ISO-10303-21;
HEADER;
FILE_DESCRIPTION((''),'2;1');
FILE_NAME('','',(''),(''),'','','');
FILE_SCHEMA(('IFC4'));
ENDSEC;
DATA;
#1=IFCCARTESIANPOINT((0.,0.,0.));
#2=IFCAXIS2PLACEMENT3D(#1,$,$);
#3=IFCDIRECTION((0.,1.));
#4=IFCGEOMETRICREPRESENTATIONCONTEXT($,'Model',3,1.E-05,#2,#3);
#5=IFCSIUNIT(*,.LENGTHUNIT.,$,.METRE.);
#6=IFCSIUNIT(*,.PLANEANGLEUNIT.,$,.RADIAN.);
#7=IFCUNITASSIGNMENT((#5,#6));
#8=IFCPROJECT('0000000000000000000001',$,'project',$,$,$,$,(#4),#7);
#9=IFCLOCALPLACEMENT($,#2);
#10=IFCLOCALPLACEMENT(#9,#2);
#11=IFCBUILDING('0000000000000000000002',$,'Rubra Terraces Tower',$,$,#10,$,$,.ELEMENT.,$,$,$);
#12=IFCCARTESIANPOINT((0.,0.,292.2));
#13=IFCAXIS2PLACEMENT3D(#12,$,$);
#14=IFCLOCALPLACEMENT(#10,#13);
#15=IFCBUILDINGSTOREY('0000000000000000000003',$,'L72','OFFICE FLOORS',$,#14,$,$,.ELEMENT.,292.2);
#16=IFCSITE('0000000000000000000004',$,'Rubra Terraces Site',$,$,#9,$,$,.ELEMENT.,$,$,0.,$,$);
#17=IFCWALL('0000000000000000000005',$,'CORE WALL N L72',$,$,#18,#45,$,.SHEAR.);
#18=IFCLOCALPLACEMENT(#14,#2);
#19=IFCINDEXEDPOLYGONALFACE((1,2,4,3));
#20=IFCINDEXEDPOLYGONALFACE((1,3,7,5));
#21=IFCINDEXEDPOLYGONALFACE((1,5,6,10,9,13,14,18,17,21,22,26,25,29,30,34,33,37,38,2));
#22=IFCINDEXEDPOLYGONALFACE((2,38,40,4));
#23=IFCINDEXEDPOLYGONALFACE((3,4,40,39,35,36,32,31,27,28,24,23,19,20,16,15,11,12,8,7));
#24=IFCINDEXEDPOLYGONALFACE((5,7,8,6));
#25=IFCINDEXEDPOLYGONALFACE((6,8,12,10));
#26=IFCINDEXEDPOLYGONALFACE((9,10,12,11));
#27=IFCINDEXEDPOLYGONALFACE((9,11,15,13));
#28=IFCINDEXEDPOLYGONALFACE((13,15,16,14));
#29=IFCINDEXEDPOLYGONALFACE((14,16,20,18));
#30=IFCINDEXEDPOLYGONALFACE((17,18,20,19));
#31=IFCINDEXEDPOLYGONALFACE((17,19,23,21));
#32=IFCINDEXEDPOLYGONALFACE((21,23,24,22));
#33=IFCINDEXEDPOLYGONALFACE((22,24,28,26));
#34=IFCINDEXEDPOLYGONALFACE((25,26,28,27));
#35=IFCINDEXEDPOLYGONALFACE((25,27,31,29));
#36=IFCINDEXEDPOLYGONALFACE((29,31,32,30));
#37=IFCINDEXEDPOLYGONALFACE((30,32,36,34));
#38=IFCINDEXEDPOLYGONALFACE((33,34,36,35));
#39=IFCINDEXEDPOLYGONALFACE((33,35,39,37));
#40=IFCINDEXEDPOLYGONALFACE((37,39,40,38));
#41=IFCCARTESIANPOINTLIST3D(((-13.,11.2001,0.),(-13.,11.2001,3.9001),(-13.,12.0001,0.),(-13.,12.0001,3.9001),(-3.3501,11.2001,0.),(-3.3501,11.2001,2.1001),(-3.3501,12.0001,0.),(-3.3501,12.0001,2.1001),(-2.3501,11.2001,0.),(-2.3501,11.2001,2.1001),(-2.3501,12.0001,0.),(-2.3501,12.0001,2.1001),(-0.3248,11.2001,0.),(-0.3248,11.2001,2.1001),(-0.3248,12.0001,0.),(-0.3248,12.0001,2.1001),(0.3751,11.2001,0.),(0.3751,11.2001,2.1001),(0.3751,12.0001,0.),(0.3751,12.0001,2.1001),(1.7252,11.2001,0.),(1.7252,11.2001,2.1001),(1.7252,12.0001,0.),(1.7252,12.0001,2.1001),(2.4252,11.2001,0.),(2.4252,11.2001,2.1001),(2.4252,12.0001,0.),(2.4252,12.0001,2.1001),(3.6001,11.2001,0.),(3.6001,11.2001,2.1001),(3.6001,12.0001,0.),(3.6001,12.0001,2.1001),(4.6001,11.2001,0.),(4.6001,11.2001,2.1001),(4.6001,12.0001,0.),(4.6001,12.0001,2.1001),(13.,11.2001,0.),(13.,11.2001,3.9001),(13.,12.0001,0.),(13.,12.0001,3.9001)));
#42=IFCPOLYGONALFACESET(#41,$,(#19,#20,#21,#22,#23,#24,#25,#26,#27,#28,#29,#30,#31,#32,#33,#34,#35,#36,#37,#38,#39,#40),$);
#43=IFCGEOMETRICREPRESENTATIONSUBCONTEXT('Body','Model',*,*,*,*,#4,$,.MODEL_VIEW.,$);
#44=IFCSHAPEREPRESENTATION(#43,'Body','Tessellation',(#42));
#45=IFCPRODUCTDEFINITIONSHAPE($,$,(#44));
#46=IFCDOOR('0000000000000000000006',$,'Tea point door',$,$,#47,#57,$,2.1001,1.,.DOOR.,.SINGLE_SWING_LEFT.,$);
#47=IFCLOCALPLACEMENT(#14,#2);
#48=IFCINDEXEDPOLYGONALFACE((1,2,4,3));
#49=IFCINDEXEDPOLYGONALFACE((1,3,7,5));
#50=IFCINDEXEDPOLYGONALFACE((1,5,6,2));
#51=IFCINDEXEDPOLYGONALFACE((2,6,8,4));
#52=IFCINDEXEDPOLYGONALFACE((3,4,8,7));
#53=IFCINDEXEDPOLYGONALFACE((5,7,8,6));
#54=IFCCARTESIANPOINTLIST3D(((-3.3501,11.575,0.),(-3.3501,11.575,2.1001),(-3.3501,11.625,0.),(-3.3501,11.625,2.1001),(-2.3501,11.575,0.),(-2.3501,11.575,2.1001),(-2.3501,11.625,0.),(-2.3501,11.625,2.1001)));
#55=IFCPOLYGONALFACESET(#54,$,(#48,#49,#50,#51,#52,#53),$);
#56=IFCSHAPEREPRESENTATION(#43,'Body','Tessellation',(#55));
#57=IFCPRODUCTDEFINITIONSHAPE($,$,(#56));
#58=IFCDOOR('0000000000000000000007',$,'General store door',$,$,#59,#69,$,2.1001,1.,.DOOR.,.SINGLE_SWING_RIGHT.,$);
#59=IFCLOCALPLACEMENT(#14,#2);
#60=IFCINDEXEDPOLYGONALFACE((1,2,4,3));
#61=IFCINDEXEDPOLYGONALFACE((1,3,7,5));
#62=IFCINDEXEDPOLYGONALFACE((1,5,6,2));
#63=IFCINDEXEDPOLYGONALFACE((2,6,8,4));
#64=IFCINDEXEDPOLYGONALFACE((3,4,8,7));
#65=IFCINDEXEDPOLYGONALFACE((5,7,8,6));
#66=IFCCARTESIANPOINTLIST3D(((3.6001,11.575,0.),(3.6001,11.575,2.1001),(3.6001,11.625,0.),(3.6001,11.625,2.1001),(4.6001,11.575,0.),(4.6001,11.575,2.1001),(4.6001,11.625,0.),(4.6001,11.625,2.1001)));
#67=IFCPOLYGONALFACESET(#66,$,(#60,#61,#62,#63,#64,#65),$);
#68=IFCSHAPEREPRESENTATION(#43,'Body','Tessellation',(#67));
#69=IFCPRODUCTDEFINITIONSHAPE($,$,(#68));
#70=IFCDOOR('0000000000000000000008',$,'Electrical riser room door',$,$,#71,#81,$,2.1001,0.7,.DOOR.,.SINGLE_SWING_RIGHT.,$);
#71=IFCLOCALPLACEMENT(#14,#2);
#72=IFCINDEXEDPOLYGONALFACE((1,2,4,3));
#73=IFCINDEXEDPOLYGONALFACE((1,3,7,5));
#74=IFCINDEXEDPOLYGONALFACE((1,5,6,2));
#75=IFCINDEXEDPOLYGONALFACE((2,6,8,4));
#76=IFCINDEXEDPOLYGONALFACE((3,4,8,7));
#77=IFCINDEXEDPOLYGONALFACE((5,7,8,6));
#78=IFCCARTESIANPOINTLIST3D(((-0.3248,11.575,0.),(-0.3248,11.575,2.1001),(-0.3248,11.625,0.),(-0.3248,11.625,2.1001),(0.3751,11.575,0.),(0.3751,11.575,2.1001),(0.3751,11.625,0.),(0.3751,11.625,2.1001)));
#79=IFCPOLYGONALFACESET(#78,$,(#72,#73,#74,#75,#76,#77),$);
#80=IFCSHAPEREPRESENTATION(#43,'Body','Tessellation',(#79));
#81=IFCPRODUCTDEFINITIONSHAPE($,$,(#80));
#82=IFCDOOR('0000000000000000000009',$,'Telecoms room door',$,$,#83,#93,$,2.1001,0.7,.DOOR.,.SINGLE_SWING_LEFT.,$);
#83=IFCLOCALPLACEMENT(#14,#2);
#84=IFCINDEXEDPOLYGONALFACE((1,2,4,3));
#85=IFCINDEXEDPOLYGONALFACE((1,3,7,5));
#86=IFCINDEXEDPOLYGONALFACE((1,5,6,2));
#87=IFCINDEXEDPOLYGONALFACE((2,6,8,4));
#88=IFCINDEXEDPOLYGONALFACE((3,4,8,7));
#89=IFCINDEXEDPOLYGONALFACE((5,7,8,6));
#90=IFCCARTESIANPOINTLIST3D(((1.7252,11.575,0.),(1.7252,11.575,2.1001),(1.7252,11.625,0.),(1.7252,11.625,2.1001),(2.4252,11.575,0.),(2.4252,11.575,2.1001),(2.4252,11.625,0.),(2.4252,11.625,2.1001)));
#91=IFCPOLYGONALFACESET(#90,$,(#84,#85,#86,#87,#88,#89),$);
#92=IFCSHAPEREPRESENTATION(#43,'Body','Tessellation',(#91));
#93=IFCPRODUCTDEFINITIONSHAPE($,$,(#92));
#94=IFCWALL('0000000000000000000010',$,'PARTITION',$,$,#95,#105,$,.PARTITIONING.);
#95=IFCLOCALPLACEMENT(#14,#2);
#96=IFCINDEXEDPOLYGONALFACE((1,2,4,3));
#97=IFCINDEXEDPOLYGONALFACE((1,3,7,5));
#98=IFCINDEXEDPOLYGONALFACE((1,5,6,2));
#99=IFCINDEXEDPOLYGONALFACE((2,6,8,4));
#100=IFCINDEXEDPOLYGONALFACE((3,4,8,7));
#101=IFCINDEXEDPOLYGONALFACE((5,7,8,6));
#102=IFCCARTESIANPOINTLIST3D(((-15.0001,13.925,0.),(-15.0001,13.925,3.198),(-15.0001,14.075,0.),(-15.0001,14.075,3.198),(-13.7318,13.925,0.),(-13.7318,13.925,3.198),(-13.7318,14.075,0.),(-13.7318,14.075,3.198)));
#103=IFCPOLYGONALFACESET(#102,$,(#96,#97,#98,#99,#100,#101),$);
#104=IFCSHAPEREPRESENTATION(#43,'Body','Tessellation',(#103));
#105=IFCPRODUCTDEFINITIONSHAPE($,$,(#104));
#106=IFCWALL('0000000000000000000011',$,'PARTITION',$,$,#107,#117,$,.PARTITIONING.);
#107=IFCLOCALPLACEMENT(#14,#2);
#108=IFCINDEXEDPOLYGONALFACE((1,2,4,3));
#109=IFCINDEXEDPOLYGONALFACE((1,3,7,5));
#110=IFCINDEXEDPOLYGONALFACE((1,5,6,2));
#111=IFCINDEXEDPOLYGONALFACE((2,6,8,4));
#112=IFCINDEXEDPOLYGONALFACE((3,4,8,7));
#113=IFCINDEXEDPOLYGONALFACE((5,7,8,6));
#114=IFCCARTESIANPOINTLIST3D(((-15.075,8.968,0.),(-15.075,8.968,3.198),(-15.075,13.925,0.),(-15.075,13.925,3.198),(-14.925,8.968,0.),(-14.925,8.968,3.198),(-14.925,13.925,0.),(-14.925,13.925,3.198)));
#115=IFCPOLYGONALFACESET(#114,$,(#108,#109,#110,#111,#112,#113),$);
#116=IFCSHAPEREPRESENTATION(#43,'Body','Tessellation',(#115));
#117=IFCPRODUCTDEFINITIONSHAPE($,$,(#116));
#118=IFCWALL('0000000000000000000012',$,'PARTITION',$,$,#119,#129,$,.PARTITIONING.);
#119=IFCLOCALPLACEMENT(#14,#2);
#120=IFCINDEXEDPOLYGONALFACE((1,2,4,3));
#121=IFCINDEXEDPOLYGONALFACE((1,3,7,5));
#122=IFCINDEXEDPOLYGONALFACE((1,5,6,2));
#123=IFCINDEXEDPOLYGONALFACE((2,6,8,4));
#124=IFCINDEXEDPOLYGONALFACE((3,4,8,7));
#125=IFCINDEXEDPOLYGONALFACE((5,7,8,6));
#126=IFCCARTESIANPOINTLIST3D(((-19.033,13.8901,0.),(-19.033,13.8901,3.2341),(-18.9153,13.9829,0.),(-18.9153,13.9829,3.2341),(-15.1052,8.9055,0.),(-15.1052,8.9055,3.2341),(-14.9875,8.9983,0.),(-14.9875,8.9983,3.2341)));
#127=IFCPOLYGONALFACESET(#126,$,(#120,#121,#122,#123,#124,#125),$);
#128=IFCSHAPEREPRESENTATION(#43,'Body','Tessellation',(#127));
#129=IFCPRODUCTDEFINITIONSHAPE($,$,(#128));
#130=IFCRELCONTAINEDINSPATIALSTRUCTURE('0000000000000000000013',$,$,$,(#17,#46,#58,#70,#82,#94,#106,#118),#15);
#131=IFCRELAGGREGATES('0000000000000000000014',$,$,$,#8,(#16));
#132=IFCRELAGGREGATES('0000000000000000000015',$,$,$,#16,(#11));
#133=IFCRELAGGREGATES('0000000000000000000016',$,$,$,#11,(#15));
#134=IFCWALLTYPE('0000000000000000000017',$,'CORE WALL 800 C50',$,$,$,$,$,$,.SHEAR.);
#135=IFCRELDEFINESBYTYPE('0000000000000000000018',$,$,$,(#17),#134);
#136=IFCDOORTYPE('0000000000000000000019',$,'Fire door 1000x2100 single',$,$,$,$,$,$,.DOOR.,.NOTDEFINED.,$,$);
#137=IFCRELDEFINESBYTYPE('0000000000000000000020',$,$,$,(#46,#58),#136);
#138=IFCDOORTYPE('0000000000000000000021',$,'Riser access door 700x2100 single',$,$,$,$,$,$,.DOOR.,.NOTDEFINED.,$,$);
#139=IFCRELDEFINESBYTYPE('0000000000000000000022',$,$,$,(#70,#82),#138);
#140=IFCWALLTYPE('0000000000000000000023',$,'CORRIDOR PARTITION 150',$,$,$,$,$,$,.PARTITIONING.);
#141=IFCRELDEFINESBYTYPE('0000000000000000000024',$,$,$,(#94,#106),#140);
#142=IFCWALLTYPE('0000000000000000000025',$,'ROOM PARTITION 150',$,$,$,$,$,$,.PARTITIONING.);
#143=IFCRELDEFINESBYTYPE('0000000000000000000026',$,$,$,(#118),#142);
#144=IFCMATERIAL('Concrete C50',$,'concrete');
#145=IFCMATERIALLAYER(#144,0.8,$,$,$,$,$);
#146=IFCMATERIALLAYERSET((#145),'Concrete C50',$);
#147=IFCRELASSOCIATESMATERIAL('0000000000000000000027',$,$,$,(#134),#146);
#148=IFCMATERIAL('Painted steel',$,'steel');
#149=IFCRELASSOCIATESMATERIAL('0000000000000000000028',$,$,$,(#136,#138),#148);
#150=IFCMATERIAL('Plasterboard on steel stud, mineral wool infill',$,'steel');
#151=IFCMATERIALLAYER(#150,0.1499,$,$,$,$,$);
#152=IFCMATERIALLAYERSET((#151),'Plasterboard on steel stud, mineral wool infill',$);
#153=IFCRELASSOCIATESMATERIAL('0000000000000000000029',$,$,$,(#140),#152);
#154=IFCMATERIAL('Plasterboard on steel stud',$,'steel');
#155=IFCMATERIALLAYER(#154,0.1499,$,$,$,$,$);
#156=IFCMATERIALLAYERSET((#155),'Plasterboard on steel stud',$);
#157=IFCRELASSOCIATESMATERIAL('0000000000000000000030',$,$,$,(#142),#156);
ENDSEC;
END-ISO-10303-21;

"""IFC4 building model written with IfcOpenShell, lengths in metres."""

from ifc_helpers import new_model, si_unit, direction, frame, frame_2d, origin, place, context, subcontext, project, spatial, rectangle, extrude, material, layer, layer_set, type_object, element, fill, save


model = new_model("IFC4")

# Units and contexts
model_context = context("Model", 3, precision=1e-05, world=origin(), true_north=direction((0.0, 1.0)))
body_context = subcontext(model_context, "Body", "Model", "MODEL_VIEW")
ifc_project = project(units=[si_unit("LENGTHUNIT", "METRE"), si_unit("PLANEANGLEUNIT", "RADIAN")], contexts=[model_context])

# Site, building, storey
site_placement = place(None, origin())
site = spatial("IfcSite", under=ifc_project, at=site_placement, Name="Rubra Terraces Site", CompositionType="ELEMENT", RefElevation=0.0)
building_placement = place(site_placement, origin())
building = spatial("IfcBuilding", under=site, at=building_placement, Name="Rubra Terraces Tower", CompositionType="ELEMENT")
storey_placement = place(building_placement, frame((0.0, 0.0, 292.2)))
storey = spatial("IfcBuildingStorey", under=building, at=storey_placement, Name="L72", Description="OFFICE FLOORS", CompositionType="ELEMENT", Elevation=292.2)

# Shared definitions
ifc_material_1 = material(Name="Concrete C50", Category="concrete")

# Wall, openings, doors
ifc_layer_1 = layer(ifc_material_1, 0.8)
ifc_layer_set_1 = layer_set([ifc_layer_1], Name="Concrete C50")
wall_type_1 = type_object("IfcWallType", Name="CORE WALL 800 C50", PredefinedType="SHEAR", material=ifc_layer_set_1)
wall_1_placement = place(storey_placement, frame((-13.0, 11.6001, 0.0), z_axis=(0.0, 0.0, 1.0), x_axis=(1.0, 0.0, 0.0)))
wall_1 = element("IfcWall", 1, at=wall_1_placement, inside=storey, type_object=wall_type_1, Name="CORE WALL N L72", PredefinedType="SHEAR", context=body_context, shape_type="SweptSolid", body=[
    extrude(rectangle(XDim=26.0, YDim=0.8, at=frame_2d((13.0, 0.0))), origin(), (0.0, 0.0, 1.0), 3.9001),
])
opening_1_placement = place(wall_1_placement, frame((9.6499, 0.0, 0.0)))
opening_1 = element("IfcOpeningElement", 2, at=opening_1_placement, cuts=wall_1, PredefinedType="OPENING", context=body_context, shape_type="SweptSolid", body=[
    extrude(rectangle(XDim=1.0, YDim=2.1001, at=frame_2d((0.5, 1.05))), frame((0.0, 0.4099, 0.0), z_axis=(0.0, -1.0, 0.0), x_axis=(1.0, 0.0, 0.0)), (0.0, 0.0, 1.0), 0.8201),
])
opening_2_placement = place(wall_1_placement, frame((12.675, 0.0, 0.0)))
opening_2 = element("IfcOpeningElement", 3, at=opening_2_placement, cuts=wall_1, PredefinedType="OPENING", context=body_context, shape_type="SweptSolid", body=[
    extrude(rectangle(XDim=0.7, YDim=2.1001, at=frame_2d((0.3501, 1.05))), frame((0.0, 0.4099, 0.0), z_axis=(0.0, -1.0, 0.0), x_axis=(1.0, 0.0, 0.0)), (0.0, 0.0, 1.0), 0.8201),
])
opening_3_placement = place(wall_1_placement, frame((14.7251, 0.0, 0.0)))
opening_3 = element("IfcOpeningElement", 4, at=opening_3_placement, cuts=wall_1, PredefinedType="OPENING", context=body_context, shape_type="SweptSolid", body=[
    extrude(rectangle(XDim=0.7, YDim=2.1001, at=frame_2d((0.3501, 1.05))), frame((0.0, 0.4099, 0.0), z_axis=(0.0, -1.0, 0.0), x_axis=(1.0, 0.0, 0.0)), (0.0, 0.0, 1.0), 0.8201),
])
opening_4_placement = place(wall_1_placement, frame((16.6001, 0.0, 0.0)))
opening_4 = element("IfcOpeningElement", 5, at=opening_4_placement, cuts=wall_1, PredefinedType="OPENING", context=body_context, shape_type="SweptSolid", body=[
    extrude(rectangle(XDim=1.0, YDim=2.1001, at=frame_2d((0.5, 1.05))), frame((0.0, 0.4099, 0.0), z_axis=(0.0, -1.0, 0.0), x_axis=(1.0, 0.0, 0.0)), (0.0, 0.0, 1.0), 0.8201),
])
ifc_material_2 = material(Name="Painted steel", Category="steel")
door_type_1 = type_object("IfcDoorType", Name="Fire door 1000x2100 single", OperationType="NOTDEFINED", PredefinedType="DOOR", material=ifc_material_2)
door_1_placement = place(opening_1_placement, origin())
door_1 = element("IfcDoor", 6, at=door_1_placement, inside=storey, type_object=door_type_1, Name="Tea point door", OperationType="SINGLE_SWING_LEFT", OverallHeight=2.1001, OverallWidth=1.0, PredefinedType="DOOR", context=body_context, shape_type="SweptSolid", body=[
    extrude(rectangle(XDim=1.0, YDim=2.1001, at=frame_2d((0.5, 1.05))), frame((0.0, 0.0249, 0.0), z_axis=(0.0, -1.0, 0.0), x_axis=(1.0, 0.0, 0.0)), (0.0, 0.0, 1.0), 0.05),
])
fill(opening_1, door_1)
door_2_placement = place(opening_4_placement, origin())
door_2 = element("IfcDoor", 7, at=door_2_placement, inside=storey, type_object=door_type_1, Name="General store door", OperationType="SINGLE_SWING_RIGHT", OverallHeight=2.1001, OverallWidth=1.0, PredefinedType="DOOR", context=body_context, shape_type="SweptSolid", body=[
    extrude(rectangle(XDim=1.0, YDim=2.1001, at=frame_2d((0.5, 1.05))), frame((0.0, 0.0249, 0.0), z_axis=(0.0, -1.0, 0.0), x_axis=(1.0, 0.0, 0.0)), (0.0, 0.0, 1.0), 0.05),
])
fill(opening_4, door_2)
door_type_2 = type_object("IfcDoorType", Name="Riser access door 700x2100 single", OperationType="NOTDEFINED", PredefinedType="DOOR", material=ifc_material_2)
door_3_placement = place(opening_2_placement, origin())
door_3 = element("IfcDoor", 8, at=door_3_placement, inside=storey, type_object=door_type_2, Name="Electrical riser room door", OperationType="SINGLE_SWING_RIGHT", OverallHeight=2.1001, OverallWidth=0.7, PredefinedType="DOOR", context=body_context, shape_type="SweptSolid", body=[
    extrude(rectangle(XDim=0.7, YDim=2.1001, at=frame_2d((0.3501, 1.05))), frame((0.0, 0.0249, 0.0), z_axis=(0.0, -1.0, 0.0), x_axis=(1.0, 0.0, 0.0)), (0.0, 0.0, 1.0), 0.05),
])
fill(opening_2, door_3)
door_4_placement = place(opening_3_placement, origin())
door_4 = element("IfcDoor", 9, at=door_4_placement, inside=storey, type_object=door_type_2, Name="Telecoms room door", OperationType="SINGLE_SWING_LEFT", OverallHeight=2.1001, OverallWidth=0.7, PredefinedType="DOOR", context=body_context, shape_type="SweptSolid", body=[
    extrude(rectangle(XDim=0.7, YDim=2.1001, at=frame_2d((0.3501, 1.05))), frame((0.0, 0.0249, 0.0), z_axis=(0.0, -1.0, 0.0), x_axis=(1.0, 0.0, 0.0)), (0.0, 0.0, 1.0), 0.05),
])
fill(opening_3, door_4)

# Walls
ifc_material_3 = material(Name="Plasterboard on steel stud, mineral wool infill", Category="steel")
ifc_layer_2 = layer(ifc_material_3, 0.1499)
ifc_layer_set_2 = layer_set([ifc_layer_2], Name="Plasterboard on steel stud, mineral wool infill")
wall_type_2 = type_object("IfcWallType", Name="CORRIDOR PARTITION 150", PredefinedType="PARTITIONING", material=ifc_layer_set_2)
wall_2_placement = place(storey_placement, frame((-13.7317, 14.0, 0.0), z_axis=(0.0, 0.0, 1.0), x_axis=(-1.0, 0.0, 0.0)))
element("IfcWall", 10, at=wall_2_placement, inside=storey, type_object=wall_type_2, Name="PARTITION", PredefinedType="PARTITIONING", context=body_context, shape_type="SweptSolid", body=[
    extrude(rectangle(XDim=1.2683, YDim=0.1499, at=frame_2d((0.6343, 0.0))), origin(), (0.0, 0.0, 1.0), 3.198),
])
wall_3_placement = place(storey_placement, frame((-15.0, 13.925, 0.0), z_axis=(0.0, 0.0, 1.0), x_axis=(0.0, -1.0, 0.0)))
element("IfcWall", 11, at=wall_3_placement, inside=storey, type_object=wall_type_2, Name="PARTITION", PredefinedType="PARTITIONING", context=body_context, shape_type="SweptSolid", body=[
    extrude(rectangle(XDim=4.957, YDim=0.1499, at=frame_2d((2.4785, 0.0))), origin(), (0.0, 0.0, 1.0), 3.198),
])
ifc_material_4 = material(Name="Plasterboard on steel stud", Category="steel")
ifc_layer_3 = layer(ifc_material_4, 0.1499)
ifc_layer_set_3 = layer_set([ifc_layer_3], Name="Plasterboard on steel stud")
wall_type_3 = type_object("IfcWallType", Name="ROOM PARTITION 150", PredefinedType="PARTITIONING", material=ifc_layer_set_3)
wall_4_placement = place(storey_placement, frame((-18.9741, 13.9365, 0.0), z_axis=(0.0, 0.0, 1.0), x_axis=(0.618917, -0.785457, 0.0)))
element("IfcWall", 12, at=wall_4_placement, inside=storey, type_object=wall_type_3, Name="PARTITION", PredefinedType="PARTITIONING", context=body_context, shape_type="SweptSolid", body=[
    extrude(rectangle(XDim=6.3462, YDim=0.1499, at=frame_2d((3.1731, 0.0))), origin(), (0.0, 0.0, 1.0), 3.2341),
])

save(model, "model.ifc")
